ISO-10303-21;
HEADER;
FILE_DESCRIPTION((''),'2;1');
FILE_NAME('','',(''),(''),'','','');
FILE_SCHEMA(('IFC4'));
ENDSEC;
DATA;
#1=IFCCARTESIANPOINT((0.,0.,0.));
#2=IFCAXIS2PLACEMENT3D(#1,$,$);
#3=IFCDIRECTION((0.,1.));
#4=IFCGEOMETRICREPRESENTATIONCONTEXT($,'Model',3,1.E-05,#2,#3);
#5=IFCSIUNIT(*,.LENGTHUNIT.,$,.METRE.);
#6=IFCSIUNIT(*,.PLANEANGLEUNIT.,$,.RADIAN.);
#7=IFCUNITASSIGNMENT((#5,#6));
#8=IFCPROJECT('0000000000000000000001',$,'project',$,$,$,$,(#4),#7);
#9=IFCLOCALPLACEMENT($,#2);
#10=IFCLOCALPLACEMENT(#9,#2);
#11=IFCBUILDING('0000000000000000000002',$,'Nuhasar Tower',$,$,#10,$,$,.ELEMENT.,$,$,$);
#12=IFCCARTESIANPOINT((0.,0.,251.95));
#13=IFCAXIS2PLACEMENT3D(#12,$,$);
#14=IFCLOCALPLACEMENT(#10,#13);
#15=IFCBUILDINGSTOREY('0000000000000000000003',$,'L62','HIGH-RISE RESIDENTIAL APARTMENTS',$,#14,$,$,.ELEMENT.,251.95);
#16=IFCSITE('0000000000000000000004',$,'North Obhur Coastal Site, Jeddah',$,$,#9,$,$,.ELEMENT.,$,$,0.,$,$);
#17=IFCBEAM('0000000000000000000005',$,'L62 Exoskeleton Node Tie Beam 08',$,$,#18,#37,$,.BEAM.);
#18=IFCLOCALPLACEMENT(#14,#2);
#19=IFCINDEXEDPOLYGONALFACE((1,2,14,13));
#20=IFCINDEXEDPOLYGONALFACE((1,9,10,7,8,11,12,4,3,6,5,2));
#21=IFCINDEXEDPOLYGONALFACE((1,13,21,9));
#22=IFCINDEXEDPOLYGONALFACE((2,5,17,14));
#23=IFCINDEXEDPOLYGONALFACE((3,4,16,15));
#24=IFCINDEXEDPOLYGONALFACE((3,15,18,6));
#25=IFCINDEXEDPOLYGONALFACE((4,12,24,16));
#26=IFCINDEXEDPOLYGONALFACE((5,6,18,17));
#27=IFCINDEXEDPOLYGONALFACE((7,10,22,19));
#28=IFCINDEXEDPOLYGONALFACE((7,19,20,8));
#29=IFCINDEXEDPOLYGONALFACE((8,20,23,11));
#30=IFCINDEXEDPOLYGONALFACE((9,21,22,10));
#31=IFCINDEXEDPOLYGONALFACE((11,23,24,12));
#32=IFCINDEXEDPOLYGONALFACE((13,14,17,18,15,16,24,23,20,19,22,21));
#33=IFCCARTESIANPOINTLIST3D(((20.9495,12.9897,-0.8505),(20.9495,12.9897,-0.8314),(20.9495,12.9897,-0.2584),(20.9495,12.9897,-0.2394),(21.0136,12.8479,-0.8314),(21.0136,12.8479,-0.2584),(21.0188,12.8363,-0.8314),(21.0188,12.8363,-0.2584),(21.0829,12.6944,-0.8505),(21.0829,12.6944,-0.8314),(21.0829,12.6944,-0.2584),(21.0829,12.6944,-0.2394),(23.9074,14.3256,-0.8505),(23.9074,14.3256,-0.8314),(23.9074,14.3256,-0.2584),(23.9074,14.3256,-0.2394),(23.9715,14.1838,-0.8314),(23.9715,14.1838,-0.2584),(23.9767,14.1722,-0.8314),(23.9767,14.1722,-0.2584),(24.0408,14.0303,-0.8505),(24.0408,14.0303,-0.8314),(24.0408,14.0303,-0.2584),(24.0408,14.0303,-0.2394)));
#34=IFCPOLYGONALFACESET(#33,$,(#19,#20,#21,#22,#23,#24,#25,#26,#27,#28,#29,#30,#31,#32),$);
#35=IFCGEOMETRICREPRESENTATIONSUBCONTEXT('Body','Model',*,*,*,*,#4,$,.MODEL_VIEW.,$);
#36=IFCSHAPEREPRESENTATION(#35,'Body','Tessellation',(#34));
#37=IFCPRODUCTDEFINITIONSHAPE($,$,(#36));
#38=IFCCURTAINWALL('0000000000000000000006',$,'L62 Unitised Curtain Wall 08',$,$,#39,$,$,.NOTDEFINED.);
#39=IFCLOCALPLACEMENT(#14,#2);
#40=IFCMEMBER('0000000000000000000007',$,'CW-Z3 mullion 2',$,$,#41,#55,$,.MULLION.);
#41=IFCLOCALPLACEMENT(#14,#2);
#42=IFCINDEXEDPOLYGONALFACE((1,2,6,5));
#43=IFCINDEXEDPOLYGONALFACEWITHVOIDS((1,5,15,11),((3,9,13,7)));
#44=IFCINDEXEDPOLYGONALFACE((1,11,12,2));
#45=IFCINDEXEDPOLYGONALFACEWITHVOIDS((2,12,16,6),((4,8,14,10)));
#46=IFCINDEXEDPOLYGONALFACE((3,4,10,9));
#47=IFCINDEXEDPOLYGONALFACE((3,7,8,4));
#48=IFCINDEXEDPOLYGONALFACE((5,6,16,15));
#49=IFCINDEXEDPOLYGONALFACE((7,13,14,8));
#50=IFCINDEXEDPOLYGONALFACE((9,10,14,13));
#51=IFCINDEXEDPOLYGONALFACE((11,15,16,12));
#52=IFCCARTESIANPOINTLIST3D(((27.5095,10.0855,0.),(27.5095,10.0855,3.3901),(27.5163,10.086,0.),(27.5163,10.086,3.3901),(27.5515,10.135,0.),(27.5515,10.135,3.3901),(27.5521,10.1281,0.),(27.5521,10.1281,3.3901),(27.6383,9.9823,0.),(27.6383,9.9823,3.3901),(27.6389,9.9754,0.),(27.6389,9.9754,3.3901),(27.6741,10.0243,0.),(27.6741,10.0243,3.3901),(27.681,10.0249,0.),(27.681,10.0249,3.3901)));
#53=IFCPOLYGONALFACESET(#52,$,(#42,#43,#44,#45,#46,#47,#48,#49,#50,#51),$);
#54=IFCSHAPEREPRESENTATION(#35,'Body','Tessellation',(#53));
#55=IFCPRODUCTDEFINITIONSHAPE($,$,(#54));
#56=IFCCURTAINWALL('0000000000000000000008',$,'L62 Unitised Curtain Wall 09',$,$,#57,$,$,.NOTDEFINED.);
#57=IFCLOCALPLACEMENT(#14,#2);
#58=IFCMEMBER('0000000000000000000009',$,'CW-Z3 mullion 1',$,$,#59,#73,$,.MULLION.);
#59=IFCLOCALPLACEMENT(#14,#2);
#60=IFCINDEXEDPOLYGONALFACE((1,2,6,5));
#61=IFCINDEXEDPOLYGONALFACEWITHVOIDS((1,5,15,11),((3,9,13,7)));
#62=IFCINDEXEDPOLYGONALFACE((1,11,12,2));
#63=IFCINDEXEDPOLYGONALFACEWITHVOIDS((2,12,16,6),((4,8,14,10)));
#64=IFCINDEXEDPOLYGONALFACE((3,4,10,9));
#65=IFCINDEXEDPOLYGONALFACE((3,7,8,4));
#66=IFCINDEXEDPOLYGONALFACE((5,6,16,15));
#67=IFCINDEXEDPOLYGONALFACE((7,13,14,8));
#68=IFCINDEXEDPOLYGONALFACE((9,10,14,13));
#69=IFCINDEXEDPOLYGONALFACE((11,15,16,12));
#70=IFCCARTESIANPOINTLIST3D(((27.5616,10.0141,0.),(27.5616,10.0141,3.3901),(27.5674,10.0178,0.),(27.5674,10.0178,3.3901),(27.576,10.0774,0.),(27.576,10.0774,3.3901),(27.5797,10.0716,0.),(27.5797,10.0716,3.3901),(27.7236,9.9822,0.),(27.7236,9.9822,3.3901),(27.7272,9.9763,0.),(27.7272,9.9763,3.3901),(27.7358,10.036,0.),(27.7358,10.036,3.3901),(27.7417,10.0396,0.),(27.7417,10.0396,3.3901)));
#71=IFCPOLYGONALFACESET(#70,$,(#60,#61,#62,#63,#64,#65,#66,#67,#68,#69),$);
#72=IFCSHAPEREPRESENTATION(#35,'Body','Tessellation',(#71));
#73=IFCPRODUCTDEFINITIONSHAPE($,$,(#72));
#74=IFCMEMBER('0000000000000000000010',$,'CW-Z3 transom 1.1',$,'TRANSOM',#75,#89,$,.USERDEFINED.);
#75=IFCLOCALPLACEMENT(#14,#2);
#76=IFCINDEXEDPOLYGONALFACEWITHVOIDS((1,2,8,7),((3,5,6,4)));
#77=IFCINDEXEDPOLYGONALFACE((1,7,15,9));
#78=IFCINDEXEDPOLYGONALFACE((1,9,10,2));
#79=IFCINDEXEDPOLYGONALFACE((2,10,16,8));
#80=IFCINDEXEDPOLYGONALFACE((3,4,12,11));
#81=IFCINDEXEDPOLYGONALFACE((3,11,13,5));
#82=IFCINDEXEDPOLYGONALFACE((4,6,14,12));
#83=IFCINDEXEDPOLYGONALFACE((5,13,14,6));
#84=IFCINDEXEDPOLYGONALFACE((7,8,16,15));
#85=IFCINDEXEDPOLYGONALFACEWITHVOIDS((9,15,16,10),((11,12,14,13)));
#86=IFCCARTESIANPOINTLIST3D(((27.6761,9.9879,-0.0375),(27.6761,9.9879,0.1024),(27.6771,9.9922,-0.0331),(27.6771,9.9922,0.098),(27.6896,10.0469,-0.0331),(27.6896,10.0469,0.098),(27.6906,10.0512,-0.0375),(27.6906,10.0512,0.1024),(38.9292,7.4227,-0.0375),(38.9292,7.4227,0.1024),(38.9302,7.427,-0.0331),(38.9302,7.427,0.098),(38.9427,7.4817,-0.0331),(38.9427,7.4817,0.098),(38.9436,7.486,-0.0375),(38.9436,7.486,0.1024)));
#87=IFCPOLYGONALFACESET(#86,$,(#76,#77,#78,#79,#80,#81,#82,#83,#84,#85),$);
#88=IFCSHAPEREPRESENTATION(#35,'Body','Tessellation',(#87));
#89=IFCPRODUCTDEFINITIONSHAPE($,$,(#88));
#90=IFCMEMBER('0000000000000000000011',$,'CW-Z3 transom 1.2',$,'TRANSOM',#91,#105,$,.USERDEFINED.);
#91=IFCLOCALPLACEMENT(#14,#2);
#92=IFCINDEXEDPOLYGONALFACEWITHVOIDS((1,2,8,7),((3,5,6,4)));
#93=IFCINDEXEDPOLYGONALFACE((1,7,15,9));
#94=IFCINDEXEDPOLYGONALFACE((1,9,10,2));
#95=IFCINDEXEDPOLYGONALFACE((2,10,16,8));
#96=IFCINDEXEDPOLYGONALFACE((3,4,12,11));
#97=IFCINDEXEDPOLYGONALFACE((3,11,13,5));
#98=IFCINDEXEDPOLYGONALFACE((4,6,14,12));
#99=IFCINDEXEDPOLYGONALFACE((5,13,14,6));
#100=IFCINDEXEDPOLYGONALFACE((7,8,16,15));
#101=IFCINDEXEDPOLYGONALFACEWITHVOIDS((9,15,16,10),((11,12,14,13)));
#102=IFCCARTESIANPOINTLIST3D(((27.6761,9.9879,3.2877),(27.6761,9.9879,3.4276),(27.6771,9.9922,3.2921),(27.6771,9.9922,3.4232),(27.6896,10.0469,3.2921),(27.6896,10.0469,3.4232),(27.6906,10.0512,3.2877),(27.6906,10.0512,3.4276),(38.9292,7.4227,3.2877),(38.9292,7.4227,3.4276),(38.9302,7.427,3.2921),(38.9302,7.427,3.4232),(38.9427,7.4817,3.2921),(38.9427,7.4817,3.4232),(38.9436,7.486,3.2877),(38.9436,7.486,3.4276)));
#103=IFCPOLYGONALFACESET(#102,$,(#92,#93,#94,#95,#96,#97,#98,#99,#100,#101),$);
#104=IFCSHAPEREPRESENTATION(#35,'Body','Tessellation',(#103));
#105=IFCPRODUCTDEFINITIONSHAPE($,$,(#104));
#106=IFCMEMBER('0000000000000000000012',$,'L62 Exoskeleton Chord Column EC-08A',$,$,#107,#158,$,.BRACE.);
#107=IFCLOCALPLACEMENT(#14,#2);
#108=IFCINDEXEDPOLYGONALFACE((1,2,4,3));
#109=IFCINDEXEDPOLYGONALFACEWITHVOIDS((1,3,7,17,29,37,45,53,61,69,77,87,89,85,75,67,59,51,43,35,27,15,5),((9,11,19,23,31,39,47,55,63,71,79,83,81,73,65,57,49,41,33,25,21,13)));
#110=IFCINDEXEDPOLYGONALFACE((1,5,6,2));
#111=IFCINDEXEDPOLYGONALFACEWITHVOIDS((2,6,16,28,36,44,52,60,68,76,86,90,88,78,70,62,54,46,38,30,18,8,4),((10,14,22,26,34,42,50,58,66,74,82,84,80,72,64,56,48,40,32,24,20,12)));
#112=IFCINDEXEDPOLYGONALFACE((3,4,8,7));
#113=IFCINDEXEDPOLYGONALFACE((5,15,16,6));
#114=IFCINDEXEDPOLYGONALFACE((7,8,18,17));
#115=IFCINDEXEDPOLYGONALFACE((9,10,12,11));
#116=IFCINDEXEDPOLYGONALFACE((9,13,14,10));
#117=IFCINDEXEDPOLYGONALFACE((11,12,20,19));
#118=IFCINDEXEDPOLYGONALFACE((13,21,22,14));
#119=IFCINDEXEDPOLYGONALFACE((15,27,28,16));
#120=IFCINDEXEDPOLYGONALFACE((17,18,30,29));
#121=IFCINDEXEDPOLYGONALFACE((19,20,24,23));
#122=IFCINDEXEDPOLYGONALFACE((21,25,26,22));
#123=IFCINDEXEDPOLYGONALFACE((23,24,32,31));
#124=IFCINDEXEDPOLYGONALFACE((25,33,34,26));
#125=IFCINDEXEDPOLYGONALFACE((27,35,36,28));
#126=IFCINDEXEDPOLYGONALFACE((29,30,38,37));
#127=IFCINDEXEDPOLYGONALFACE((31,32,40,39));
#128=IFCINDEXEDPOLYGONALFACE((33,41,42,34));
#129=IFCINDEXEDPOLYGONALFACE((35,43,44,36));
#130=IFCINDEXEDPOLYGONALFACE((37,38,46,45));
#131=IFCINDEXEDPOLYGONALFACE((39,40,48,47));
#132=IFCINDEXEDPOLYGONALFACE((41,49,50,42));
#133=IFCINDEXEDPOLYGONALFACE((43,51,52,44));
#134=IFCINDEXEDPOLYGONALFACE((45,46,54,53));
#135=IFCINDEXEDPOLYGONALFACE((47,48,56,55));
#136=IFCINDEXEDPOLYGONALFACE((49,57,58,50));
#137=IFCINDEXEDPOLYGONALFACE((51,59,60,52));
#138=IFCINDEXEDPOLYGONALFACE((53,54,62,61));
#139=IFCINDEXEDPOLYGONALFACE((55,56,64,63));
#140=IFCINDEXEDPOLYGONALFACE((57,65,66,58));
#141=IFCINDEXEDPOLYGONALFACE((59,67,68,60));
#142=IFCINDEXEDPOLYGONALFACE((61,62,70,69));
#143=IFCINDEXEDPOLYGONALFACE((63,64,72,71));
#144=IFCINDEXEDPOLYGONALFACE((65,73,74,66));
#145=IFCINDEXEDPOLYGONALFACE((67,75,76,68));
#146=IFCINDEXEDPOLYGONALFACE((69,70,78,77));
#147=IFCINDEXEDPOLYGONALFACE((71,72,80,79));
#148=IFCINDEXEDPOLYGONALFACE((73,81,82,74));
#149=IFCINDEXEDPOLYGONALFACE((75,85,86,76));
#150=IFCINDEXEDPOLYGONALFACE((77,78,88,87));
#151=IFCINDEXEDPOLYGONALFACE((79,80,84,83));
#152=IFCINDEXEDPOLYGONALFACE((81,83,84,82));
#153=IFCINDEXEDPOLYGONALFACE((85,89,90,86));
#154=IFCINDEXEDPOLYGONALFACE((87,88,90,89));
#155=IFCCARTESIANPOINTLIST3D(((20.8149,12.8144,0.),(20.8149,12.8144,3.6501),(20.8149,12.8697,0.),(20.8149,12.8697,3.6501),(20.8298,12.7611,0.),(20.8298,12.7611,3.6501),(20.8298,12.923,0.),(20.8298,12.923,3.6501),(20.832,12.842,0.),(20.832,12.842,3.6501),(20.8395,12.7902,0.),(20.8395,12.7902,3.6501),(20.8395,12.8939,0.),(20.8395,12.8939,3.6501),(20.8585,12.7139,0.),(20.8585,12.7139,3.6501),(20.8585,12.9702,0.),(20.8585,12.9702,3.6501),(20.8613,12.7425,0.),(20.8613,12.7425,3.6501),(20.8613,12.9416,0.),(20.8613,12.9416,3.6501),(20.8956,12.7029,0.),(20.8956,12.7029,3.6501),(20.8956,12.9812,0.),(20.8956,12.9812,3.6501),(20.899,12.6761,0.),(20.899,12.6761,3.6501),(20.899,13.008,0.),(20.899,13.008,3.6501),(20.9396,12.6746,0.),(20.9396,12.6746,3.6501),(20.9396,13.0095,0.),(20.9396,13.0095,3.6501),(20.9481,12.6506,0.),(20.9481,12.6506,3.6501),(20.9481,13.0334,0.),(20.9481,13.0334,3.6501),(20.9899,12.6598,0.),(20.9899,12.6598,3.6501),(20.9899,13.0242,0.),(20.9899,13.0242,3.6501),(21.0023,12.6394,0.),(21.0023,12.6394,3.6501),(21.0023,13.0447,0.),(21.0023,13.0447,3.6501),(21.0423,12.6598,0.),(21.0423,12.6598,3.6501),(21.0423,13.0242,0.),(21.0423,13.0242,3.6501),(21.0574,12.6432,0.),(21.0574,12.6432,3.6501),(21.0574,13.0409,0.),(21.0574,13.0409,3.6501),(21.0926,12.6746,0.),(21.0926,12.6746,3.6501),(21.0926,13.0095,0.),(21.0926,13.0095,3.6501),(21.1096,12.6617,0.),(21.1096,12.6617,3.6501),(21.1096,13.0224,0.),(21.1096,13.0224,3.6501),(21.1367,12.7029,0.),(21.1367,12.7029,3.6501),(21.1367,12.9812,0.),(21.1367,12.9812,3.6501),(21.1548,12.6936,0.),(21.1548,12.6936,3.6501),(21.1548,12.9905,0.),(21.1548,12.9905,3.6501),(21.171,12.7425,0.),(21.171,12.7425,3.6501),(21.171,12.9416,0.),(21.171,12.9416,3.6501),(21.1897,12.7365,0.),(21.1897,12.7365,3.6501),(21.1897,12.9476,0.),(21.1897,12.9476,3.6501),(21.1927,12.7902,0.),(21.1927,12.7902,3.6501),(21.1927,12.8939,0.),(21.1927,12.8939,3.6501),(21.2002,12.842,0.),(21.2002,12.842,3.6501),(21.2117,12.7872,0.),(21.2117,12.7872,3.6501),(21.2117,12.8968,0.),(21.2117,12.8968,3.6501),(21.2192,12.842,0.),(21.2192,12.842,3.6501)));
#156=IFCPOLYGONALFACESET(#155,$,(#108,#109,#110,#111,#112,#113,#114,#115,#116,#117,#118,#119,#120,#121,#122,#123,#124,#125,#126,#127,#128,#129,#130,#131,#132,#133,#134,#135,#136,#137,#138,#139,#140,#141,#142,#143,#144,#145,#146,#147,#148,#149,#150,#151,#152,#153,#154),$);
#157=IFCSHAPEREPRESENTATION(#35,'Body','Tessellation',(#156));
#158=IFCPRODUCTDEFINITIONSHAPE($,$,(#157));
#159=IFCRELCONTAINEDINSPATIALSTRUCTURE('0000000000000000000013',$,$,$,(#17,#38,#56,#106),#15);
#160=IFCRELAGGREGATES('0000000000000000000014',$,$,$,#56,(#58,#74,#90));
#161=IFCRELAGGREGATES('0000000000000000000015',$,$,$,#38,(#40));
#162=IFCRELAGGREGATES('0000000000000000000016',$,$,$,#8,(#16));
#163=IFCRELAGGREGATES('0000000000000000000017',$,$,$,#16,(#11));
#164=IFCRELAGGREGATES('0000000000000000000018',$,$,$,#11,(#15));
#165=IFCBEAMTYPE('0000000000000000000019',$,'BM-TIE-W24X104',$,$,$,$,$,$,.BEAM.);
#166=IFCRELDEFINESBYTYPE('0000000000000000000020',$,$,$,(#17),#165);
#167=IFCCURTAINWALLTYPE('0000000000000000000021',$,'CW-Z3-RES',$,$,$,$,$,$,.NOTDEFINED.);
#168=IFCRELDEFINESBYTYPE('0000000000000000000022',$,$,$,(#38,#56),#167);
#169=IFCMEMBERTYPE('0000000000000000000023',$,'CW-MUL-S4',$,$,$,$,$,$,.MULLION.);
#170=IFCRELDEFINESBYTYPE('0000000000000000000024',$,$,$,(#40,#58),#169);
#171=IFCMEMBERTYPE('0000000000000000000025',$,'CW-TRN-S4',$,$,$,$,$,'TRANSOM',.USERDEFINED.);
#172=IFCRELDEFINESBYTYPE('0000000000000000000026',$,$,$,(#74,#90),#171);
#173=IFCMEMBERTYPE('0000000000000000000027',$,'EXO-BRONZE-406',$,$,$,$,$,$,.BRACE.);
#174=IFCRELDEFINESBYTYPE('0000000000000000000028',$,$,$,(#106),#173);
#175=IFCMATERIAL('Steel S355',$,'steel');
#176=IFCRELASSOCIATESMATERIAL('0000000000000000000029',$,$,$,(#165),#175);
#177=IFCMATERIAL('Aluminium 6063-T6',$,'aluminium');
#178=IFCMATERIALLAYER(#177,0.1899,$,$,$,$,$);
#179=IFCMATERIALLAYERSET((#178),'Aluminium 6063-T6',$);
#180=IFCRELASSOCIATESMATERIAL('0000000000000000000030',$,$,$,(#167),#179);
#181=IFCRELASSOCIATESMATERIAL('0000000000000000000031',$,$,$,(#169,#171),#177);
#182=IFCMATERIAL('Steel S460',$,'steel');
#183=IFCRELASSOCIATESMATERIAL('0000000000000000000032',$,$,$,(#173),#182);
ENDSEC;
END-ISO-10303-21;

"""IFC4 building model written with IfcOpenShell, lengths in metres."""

from ifc_helpers import new_model, si_unit, direction, frame, origin, origin_2d, place, context, subcontext, project, spatial, hollow_rectangle, hollow_circle, i_section, extrude, material, layer, layer_set, material_profile, profile_set, type_object, element, aggregate, save


model = new_model("IFC4")

# Units and contexts
model_context = context("Model", 3, precision=1e-05, world=origin(), true_north=direction((0.0, 1.0)))
body_context = subcontext(model_context, "Body", "Model", "MODEL_VIEW")
ifc_project = project(units=[si_unit("LENGTHUNIT", "METRE"), si_unit("PLANEANGLEUNIT", "RADIAN")], contexts=[model_context])

# Site, building, storey
site_placement = place(None, origin())
site = spatial("IfcSite", under=ifc_project, at=site_placement, Name="North Obhur Coastal Site, Jeddah", CompositionType="ELEMENT", RefElevation=0.0)
building_placement = place(site_placement, origin())
building = spatial("IfcBuilding", under=site, at=building_placement, Name="Nuhasar Tower", CompositionType="ELEMENT")
storey_placement = place(building_placement, frame((0.0, 0.0, 251.95)))
storey = spatial("IfcBuildingStorey", under=building, at=storey_placement, Name="L62", Description="HIGH-RISE RESIDENTIAL APARTMENTS", CompositionType="ELEMENT", Elevation=251.95)

# Beam
ifc_material_1 = material(Name="Steel S355", Category="steel")
ifc_material_profile_1 = material_profile(ifc_material_1, i_section(OverallWidth=0.324, OverallDepth=0.6111, WebThickness=0.0127, FlangeThickness=0.019, at=origin_2d()), Name="W24X104")
ifc_profile_set_1 = profile_set([ifc_material_profile_1], Name="Steel S355")
beam_type_1 = type_object("IfcBeamType", Name="BM-TIE-W24X104", PredefinedType="BEAM", material=ifc_profile_set_1)
beam_1_placement = place(storey_placement, frame((23.9741, 14.178, -0.5449), z_axis=(-0.911363, -0.411603, 0.0), x_axis=(0.411603, -0.911363, 0.0)))
element("IfcBeam", 1, at=beam_1_placement, inside=storey, type_object=beam_type_1, Name="L62 Exoskeleton Node Tie Beam 08", PredefinedType="BEAM", context=body_context, shape_type="SweptSolid", body=[
    extrude(i_section(OverallWidth=0.324, OverallDepth=0.6111, WebThickness=0.0127, FlangeThickness=0.019, at=origin_2d()), origin(), (0.0, 0.0, 1.0), 3.2456),
])

# Curtain wall, member
ifc_material_2 = material(Name="Aluminium 6063-T6", Category="aluminium")
ifc_layer_1 = layer(ifc_material_2, 0.1899)
ifc_layer_set_1 = layer_set([ifc_layer_1], Name="Aluminium 6063-T6")
curtain_wall_type = type_object("IfcCurtainWallType", Name="CW-Z3-RES", PredefinedType="NOTDEFINED", material=ifc_layer_set_1)
curtain_wall_1_placement = place(storey_placement, origin())
curtain_wall_1 = element("IfcCurtainWall", 2, at=curtain_wall_1_placement, inside=storey, type_object=curtain_wall_type, Name="L62 Unitised Curtain Wall 08", PredefinedType="NOTDEFINED")
ifc_material_profile_2 = material_profile(ifc_material_2, hollow_rectangle(XDim=0.0649, YDim=0.1699, WallThickness=0.0049, at=origin_2d()), Name="CWM-4")
ifc_profile_set_2 = profile_set([ifc_material_profile_2], Name="Aluminium 6063-T6")
member_type_1 = type_object("IfcMemberType", Name="CW-MUL-S4", PredefinedType="MULLION", material=ifc_profile_set_2)
member_1_placement = place(storey_placement, frame((27.5952, 10.0552, 0.0), z_axis=(0.0, 0.0, 1.0), x_axis=(0.647895, 0.761729, 0.0)))
member_1 = element("IfcMember", 3, at=member_1_placement, type_object=member_type_1, Name="CW-Z3 mullion 2", PredefinedType="MULLION", context=body_context, shape_type="SweptSolid", body=[
    extrude(hollow_rectangle(XDim=0.0649, YDim=0.1699, WallThickness=0.0049, at=origin_2d()), origin(), (0.0, 0.0, 1.0), 3.3901),
])

# Curtain wall, members
curtain_wall_2_placement = place(storey_placement, origin())
curtain_wall_2 = element("IfcCurtainWall", 4, at=curtain_wall_2_placement, inside=storey, type_object=curtain_wall_type, Name="L62 Unitised Curtain Wall 09", PredefinedType="NOTDEFINED")
member_2_placement = place(storey_placement, frame((27.6516, 10.0269, 0.0), z_axis=(0.0, 0.0, 1.0), x_axis=(0.222243, 0.974991, 0.0)))
member_2 = element("IfcMember", 5, at=member_2_placement, type_object=member_type_1, Name="CW-Z3 mullion 1", PredefinedType="MULLION", context=body_context, shape_type="SweptSolid", body=[
    extrude(hollow_rectangle(XDim=0.0649, YDim=0.1699, WallThickness=0.0049, at=origin_2d()), origin(), (0.0, 0.0, 1.0), 3.3901),
])
ifc_material_profile_3 = material_profile(ifc_material_2, hollow_rectangle(XDim=0.0649, YDim=0.1399, WallThickness=0.0044, at=origin_2d()), Name="CWT-4")
ifc_profile_set_3 = profile_set([ifc_material_profile_3], Name="Aluminium 6063-T6")
member_type_2 = type_object("IfcMemberType", Name="CW-TRN-S4", ElementType="TRANSOM", PredefinedType="USERDEFINED", material=ifc_profile_set_3)
member_3_placement = place(storey_placement, frame((27.6833, 10.0195, 0.0325), z_axis=(0.974989, -0.222251, 0.0), x_axis=(0.222251, 0.974989, 0.0)))
member_3 = element("IfcMember", 6, at=member_3_placement, type_object=member_type_2, Name="CW-Z3 transom 1.1", ObjectType="TRANSOM", PredefinedType="USERDEFINED", context=body_context, shape_type="SweptSolid", body=[
    extrude(hollow_rectangle(XDim=0.0649, YDim=0.1399, WallThickness=0.0044, at=origin_2d()), origin(), (0.0, 0.0, 1.0), 11.5417),
])
member_4_placement = place(storey_placement, frame((27.6833, 10.0195, 3.3577), z_axis=(0.974989, -0.222251, 0.0), x_axis=(0.222251, 0.974989, 0.0)))
member_4 = element("IfcMember", 7, at=member_4_placement, type_object=member_type_2, Name="CW-Z3 transom 1.2", ObjectType="TRANSOM", PredefinedType="USERDEFINED", context=body_context, shape_type="SweptSolid", body=[
    extrude(hollow_rectangle(XDim=0.0649, YDim=0.1399, WallThickness=0.0044, at=origin_2d()), origin(), (0.0, 0.0, 1.0), 11.5417),
])
aggregate(curtain_wall_2, [member_2, member_3, member_4])

# Member
ifc_material_3 = material(Name="Steel S460", Category="steel")
ifc_material_profile_4 = material_profile(ifc_material_3, hollow_circle(Radius=0.2031, WallThickness=0.019, at=origin_2d()), Name="HSS406.4X19.1")
ifc_profile_set_4 = profile_set([ifc_material_profile_4], Name="Steel S460")
member_type_3 = type_object("IfcMemberType", Name="EXO-BRONZE-406", PredefinedType="BRACE", material=ifc_profile_set_4)
for number, where, z_axis, x_axis, name in (
    (8, (21.0161, 12.842, 0.0), (0.0, 0.0, 1.0), (1.0, 0.0, 0.0), "L62 Exoskeleton Chord Column EC-08A"),
):
    element("IfcMember", number, at=place(storey_placement, frame(where, z_axis=z_axis, x_axis=x_axis)), inside=storey, type_object=member_type_3, Name=name, PredefinedType="BRACE", context=body_context, shape_type="SweptSolid", body=[
        extrude(hollow_circle(Radius=0.2031, WallThickness=0.019, at=origin_2d()), origin(), (0.0, 0.0, 1.0), 3.6501),
    ])

aggregate(curtain_wall_1, [member_1])

save(model, "model.ifc")
